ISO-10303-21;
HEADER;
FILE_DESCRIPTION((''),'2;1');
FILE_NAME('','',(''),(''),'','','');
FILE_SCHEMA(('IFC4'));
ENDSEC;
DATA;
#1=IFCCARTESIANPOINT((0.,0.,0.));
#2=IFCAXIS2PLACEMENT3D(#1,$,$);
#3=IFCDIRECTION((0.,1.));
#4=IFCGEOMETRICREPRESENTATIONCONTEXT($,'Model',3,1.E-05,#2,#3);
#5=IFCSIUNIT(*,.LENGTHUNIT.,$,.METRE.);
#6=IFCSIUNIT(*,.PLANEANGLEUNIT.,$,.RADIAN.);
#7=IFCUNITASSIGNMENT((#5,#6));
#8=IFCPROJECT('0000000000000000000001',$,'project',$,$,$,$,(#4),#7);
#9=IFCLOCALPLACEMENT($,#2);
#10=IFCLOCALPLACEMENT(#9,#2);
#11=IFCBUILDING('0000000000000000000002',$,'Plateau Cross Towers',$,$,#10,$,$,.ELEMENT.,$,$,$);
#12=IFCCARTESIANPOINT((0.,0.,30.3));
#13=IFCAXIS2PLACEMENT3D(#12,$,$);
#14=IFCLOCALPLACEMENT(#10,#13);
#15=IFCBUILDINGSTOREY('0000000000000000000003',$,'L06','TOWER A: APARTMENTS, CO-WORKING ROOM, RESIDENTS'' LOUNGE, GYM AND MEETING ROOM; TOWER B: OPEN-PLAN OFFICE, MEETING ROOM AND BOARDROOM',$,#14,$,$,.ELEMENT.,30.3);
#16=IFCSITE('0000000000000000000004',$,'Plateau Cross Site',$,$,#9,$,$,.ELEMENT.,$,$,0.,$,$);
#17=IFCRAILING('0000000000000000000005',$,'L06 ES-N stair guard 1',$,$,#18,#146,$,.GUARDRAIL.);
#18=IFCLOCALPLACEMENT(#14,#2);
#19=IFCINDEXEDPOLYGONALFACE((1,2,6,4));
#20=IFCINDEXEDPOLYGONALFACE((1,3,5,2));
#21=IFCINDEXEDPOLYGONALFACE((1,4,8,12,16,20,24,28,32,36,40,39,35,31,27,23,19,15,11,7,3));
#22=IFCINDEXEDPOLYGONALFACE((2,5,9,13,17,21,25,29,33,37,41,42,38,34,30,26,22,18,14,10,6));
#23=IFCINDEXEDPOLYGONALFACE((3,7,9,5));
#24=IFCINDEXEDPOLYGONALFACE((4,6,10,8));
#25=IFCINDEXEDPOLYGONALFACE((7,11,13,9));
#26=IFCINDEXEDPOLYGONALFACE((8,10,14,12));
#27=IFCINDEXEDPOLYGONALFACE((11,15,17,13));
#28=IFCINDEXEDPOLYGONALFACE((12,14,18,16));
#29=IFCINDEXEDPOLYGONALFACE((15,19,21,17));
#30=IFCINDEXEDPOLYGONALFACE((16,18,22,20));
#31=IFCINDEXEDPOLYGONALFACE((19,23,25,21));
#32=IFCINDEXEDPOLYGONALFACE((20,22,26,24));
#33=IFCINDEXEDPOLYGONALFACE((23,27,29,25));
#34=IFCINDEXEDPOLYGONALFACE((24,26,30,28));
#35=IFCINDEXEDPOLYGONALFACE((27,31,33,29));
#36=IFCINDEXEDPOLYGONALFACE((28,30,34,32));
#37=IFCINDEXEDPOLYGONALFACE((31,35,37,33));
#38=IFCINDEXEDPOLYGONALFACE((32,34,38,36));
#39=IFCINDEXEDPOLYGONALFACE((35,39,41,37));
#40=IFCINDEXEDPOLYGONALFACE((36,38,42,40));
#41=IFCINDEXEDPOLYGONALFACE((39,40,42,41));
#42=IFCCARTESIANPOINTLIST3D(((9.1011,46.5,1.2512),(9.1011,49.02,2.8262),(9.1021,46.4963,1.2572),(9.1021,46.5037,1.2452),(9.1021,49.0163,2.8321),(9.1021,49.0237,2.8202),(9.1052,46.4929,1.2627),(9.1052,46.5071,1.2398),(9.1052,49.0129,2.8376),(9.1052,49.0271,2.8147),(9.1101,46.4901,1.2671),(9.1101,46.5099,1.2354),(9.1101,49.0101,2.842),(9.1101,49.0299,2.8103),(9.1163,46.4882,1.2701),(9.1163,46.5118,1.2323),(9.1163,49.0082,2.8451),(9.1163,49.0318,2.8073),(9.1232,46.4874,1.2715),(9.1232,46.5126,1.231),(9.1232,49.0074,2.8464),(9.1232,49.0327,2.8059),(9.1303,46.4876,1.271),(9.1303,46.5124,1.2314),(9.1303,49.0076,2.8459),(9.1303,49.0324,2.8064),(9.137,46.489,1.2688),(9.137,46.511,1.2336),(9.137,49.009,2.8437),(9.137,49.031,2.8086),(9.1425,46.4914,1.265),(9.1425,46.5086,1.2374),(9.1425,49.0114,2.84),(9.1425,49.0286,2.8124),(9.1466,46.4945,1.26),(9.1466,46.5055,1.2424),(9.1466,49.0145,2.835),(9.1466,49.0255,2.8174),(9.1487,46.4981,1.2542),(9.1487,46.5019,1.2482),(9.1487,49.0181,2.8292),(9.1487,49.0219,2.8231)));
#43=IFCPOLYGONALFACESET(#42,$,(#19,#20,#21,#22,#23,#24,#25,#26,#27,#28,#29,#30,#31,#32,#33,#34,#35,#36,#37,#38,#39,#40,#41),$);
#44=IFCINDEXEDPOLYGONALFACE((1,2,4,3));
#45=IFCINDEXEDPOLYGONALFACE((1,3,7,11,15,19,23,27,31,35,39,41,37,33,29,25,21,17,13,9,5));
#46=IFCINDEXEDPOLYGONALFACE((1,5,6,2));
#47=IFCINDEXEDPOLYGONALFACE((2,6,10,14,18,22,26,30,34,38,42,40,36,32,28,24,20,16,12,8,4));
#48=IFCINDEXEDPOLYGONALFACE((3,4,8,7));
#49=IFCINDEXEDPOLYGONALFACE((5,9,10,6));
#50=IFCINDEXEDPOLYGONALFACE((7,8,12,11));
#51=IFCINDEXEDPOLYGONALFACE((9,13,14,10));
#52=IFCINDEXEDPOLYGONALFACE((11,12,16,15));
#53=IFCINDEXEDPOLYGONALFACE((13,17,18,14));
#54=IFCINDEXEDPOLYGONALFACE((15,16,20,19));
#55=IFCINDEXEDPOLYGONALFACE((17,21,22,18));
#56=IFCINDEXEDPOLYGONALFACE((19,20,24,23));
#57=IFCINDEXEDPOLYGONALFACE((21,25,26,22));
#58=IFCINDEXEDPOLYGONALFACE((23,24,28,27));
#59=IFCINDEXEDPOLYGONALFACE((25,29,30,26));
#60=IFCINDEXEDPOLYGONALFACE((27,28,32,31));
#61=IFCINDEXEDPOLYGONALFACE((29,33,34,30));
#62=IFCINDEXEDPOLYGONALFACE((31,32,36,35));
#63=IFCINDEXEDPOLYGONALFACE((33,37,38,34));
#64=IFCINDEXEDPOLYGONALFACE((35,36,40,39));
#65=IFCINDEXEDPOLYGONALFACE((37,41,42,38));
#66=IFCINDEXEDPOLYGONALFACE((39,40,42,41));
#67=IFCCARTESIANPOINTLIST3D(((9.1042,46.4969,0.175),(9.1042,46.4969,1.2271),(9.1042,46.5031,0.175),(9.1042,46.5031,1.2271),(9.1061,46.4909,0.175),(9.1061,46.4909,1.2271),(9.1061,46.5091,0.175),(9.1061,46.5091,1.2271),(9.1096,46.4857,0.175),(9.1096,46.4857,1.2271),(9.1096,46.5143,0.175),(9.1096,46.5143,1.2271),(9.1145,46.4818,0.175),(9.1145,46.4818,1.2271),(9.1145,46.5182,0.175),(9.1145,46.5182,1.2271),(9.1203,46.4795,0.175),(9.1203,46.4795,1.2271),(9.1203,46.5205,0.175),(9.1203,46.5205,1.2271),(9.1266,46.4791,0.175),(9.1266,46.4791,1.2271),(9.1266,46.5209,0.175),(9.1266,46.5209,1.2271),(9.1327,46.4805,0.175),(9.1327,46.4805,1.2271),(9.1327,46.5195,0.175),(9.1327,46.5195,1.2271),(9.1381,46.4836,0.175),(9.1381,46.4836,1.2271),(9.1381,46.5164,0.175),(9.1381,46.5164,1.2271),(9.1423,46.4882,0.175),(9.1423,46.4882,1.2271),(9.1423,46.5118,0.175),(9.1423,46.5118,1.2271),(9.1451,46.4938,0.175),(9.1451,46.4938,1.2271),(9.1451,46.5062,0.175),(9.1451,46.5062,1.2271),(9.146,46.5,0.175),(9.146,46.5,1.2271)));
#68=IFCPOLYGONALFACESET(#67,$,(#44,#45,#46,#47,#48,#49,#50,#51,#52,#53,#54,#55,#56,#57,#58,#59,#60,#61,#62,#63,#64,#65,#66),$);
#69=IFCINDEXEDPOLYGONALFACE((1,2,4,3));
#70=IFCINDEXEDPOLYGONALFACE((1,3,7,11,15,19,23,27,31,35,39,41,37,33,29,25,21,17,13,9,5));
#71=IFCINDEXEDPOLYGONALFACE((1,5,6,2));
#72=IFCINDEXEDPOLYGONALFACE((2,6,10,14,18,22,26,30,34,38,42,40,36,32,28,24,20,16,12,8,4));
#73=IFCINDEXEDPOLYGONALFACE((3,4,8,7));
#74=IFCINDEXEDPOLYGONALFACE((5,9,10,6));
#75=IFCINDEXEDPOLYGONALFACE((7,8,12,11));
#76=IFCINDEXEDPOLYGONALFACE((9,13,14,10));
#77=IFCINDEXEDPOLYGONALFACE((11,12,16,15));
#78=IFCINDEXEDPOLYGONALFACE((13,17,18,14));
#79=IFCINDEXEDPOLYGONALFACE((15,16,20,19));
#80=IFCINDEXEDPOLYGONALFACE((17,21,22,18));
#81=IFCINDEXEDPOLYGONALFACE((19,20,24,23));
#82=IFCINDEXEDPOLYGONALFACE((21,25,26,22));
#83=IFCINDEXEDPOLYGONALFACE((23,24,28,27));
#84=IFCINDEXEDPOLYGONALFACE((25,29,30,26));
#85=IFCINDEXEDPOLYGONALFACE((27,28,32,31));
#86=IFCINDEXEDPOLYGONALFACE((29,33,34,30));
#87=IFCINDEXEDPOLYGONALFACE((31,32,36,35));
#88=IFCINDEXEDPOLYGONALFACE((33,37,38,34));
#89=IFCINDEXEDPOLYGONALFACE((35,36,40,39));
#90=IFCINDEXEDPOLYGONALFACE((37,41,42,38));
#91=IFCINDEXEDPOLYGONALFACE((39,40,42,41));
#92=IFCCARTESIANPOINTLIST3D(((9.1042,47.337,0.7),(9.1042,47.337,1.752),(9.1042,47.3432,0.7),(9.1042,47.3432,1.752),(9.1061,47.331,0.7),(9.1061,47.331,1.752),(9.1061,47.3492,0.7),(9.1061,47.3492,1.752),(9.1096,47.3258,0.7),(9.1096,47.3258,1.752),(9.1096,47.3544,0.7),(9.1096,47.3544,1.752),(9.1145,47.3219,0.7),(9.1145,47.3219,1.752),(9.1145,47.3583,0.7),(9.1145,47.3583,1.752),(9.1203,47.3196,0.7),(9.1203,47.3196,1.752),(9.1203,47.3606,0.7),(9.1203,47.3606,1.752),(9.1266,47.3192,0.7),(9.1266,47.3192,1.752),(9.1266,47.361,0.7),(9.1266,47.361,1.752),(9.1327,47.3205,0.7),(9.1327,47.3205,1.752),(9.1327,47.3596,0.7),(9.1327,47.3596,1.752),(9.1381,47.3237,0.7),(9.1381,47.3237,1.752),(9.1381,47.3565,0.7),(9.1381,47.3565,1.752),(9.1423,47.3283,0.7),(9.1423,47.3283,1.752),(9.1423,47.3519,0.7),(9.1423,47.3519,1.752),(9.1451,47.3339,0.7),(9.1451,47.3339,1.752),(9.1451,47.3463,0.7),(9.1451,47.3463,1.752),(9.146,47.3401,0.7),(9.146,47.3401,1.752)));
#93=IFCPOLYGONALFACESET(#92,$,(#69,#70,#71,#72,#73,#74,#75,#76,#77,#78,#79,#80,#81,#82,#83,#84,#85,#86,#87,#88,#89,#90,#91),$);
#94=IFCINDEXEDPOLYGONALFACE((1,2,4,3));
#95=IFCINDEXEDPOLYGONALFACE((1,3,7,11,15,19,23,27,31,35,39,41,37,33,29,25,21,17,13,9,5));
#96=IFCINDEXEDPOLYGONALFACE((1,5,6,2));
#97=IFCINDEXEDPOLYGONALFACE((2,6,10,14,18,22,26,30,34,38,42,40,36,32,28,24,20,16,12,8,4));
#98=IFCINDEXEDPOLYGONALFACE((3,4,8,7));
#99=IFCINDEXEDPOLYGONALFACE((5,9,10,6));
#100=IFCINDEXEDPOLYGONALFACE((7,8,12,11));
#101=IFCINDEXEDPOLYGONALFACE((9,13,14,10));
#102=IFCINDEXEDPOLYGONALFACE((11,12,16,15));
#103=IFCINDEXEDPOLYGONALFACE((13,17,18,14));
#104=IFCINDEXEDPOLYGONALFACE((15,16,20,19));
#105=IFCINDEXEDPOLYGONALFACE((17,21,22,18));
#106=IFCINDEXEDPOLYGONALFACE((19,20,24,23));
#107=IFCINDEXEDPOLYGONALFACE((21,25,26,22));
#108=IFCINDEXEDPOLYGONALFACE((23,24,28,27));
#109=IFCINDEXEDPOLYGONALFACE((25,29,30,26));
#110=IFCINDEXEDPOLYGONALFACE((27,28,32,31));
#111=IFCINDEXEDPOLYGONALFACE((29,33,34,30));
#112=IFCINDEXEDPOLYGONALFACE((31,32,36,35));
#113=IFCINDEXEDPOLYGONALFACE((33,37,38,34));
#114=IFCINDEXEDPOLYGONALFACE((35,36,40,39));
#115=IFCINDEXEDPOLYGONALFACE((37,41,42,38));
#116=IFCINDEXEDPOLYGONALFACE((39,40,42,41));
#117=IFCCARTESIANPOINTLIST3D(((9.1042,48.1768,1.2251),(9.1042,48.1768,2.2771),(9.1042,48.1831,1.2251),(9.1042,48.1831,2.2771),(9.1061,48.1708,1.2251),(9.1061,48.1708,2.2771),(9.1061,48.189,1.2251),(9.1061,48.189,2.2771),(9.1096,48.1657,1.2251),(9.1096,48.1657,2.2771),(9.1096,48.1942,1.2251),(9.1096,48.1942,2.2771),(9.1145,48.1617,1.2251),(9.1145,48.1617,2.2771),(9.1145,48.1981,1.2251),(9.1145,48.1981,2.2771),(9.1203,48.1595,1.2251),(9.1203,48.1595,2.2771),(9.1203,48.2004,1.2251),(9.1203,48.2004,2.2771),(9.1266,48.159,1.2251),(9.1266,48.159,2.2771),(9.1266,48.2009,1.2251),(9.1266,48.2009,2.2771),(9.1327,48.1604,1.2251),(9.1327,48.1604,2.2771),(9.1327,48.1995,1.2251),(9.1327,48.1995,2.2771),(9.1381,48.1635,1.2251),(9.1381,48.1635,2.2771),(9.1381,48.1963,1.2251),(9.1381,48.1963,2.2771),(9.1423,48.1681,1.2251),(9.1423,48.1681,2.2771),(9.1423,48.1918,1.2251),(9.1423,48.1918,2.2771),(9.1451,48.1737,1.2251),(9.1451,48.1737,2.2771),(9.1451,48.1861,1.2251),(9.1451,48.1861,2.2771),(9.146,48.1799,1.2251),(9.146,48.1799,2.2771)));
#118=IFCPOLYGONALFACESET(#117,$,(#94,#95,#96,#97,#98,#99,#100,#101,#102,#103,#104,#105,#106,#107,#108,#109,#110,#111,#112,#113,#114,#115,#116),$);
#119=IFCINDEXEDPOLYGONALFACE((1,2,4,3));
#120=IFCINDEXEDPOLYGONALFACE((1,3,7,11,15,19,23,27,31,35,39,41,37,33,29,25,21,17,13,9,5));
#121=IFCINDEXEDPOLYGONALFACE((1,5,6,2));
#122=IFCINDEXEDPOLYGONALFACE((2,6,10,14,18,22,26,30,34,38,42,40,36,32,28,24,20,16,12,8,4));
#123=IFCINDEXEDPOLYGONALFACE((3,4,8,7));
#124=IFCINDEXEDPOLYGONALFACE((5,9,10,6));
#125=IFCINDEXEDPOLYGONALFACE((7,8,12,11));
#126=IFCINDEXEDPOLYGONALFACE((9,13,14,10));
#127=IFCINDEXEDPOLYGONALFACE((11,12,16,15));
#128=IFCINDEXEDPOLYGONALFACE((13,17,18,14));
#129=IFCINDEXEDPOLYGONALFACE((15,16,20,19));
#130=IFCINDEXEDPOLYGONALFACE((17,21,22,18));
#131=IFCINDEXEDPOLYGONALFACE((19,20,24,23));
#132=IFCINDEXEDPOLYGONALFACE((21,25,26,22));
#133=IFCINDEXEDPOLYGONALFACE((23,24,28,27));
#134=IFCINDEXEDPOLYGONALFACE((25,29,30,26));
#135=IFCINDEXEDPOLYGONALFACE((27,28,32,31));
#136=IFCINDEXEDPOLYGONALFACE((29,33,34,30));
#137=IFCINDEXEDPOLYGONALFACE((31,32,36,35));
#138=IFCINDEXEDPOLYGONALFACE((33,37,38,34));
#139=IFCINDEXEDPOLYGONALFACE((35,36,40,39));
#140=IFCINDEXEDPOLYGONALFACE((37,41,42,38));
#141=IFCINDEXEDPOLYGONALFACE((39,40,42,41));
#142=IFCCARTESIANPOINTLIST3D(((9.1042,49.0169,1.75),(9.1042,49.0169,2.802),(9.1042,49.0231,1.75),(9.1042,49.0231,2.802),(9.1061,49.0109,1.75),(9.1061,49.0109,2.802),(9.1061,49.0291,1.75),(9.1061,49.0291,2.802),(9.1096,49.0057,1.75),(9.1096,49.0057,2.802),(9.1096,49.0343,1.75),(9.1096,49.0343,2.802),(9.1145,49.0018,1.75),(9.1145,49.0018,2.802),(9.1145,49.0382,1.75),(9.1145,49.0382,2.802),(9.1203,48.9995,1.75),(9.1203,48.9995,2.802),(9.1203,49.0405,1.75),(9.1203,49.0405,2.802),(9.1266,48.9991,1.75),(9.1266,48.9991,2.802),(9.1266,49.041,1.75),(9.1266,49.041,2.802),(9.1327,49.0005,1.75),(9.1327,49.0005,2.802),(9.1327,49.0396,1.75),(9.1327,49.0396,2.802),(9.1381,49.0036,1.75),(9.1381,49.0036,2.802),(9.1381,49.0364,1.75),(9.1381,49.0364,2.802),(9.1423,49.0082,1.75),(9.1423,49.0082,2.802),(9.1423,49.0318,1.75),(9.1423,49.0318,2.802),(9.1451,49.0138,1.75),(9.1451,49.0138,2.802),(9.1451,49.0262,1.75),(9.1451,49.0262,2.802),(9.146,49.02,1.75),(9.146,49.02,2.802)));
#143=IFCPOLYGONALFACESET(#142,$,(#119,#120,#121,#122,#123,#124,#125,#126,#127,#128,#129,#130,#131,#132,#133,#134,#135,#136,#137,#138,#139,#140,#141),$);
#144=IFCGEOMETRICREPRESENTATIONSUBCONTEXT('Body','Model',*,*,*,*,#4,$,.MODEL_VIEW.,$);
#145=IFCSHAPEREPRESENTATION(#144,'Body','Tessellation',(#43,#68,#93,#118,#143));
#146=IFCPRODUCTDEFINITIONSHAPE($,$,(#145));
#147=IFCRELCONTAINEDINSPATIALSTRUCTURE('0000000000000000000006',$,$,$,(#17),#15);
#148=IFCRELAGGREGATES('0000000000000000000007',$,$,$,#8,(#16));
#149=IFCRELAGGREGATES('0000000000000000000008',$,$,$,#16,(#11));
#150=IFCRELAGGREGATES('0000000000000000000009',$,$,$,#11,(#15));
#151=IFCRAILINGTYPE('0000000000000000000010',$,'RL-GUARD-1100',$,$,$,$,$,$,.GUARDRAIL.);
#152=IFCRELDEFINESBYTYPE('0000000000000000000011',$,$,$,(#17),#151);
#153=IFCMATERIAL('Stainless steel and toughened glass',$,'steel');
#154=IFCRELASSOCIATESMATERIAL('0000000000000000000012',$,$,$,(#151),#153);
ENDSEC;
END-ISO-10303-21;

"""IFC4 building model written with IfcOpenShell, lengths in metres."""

from ifc_helpers import new_model, si_unit, direction, frame, origin, origin_2d, place, context, subcontext, project, spatial, circle, extrude, material, type_object, element, save


model = new_model("IFC4")

# Units and contexts
model_context = context("Model", 3, precision=1e-05, world=origin(), true_north=direction((0.0, 1.0)))
body_context = subcontext(model_context, "Body", "Model", "MODEL_VIEW")
ifc_project = project(units=[si_unit("LENGTHUNIT", "METRE"), si_unit("PLANEANGLEUNIT", "RADIAN")], contexts=[model_context])

# Site, building, storey
site_placement = place(None, origin())
site = spatial("IfcSite", under=ifc_project, at=site_placement, Name="Plateau Cross Site", CompositionType="ELEMENT", RefElevation=0.0)
building_placement = place(site_placement, origin())
building = spatial("IfcBuilding", under=site, at=building_placement, Name="Plateau Cross Towers", CompositionType="ELEMENT")
storey_placement = place(building_placement, frame((0.0, 0.0, 30.3)))
storey = spatial("IfcBuildingStorey", under=building, at=storey_placement, Name="L06", Description="TOWER A: APARTMENTS, CO-WORKING ROOM, RESIDENTS' LOUNGE, GYM AND MEETING ROOM; TOWER B: OPEN-PLAN OFFICE, MEETING ROOM AND BOARDROOM", CompositionType="ELEMENT", Elevation=30.3)

# Railing
ifc_material_1 = material(Name="Stainless steel and toughened glass", Category="steel")
railing_type_1 = type_object("IfcRailingType", Name="RL-GUARD-1100", PredefinedType="GUARDRAIL", material=ifc_material_1)
railing_1_placement = place(storey_placement, frame((9.125, 46.5, 0.175)))
element("IfcRailing", 1, at=railing_1_placement, inside=storey, type_object=railing_type_1, Name="L06 ES-N stair guard 1", PredefinedType="GUARDRAIL", context=body_context, shape_type="SweptSolid", body=[
    extrude(circle(Radius=0.0239, at=origin_2d()), frame((0.0, 0.0, 1.0762), z_axis=(0.0, 0.848008, 0.529984), x_axis=(-1.0, 0.0, 0.0)), (0.0, 0.0, 1.0), 2.9717),
    extrude(circle(Radius=0.021, at=origin_2d()), origin(), (0.0, 0.0, 1.0), 1.052),
    extrude(circle(Radius=0.021, at=origin_2d()), frame((0.0, 0.8401, 0.5249)), (0.0, 0.0, 1.0), 1.052),
    extrude(circle(Radius=0.021, at=origin_2d()), frame((0.0, 1.6799, 1.05)), (0.0, 0.0, 1.0), 1.052),
    extrude(circle(Radius=0.021, at=origin_2d()), frame((0.0, 2.52, 1.575)), (0.0, 0.0, 1.0), 1.052),
])

save(model, "model.ifc")
